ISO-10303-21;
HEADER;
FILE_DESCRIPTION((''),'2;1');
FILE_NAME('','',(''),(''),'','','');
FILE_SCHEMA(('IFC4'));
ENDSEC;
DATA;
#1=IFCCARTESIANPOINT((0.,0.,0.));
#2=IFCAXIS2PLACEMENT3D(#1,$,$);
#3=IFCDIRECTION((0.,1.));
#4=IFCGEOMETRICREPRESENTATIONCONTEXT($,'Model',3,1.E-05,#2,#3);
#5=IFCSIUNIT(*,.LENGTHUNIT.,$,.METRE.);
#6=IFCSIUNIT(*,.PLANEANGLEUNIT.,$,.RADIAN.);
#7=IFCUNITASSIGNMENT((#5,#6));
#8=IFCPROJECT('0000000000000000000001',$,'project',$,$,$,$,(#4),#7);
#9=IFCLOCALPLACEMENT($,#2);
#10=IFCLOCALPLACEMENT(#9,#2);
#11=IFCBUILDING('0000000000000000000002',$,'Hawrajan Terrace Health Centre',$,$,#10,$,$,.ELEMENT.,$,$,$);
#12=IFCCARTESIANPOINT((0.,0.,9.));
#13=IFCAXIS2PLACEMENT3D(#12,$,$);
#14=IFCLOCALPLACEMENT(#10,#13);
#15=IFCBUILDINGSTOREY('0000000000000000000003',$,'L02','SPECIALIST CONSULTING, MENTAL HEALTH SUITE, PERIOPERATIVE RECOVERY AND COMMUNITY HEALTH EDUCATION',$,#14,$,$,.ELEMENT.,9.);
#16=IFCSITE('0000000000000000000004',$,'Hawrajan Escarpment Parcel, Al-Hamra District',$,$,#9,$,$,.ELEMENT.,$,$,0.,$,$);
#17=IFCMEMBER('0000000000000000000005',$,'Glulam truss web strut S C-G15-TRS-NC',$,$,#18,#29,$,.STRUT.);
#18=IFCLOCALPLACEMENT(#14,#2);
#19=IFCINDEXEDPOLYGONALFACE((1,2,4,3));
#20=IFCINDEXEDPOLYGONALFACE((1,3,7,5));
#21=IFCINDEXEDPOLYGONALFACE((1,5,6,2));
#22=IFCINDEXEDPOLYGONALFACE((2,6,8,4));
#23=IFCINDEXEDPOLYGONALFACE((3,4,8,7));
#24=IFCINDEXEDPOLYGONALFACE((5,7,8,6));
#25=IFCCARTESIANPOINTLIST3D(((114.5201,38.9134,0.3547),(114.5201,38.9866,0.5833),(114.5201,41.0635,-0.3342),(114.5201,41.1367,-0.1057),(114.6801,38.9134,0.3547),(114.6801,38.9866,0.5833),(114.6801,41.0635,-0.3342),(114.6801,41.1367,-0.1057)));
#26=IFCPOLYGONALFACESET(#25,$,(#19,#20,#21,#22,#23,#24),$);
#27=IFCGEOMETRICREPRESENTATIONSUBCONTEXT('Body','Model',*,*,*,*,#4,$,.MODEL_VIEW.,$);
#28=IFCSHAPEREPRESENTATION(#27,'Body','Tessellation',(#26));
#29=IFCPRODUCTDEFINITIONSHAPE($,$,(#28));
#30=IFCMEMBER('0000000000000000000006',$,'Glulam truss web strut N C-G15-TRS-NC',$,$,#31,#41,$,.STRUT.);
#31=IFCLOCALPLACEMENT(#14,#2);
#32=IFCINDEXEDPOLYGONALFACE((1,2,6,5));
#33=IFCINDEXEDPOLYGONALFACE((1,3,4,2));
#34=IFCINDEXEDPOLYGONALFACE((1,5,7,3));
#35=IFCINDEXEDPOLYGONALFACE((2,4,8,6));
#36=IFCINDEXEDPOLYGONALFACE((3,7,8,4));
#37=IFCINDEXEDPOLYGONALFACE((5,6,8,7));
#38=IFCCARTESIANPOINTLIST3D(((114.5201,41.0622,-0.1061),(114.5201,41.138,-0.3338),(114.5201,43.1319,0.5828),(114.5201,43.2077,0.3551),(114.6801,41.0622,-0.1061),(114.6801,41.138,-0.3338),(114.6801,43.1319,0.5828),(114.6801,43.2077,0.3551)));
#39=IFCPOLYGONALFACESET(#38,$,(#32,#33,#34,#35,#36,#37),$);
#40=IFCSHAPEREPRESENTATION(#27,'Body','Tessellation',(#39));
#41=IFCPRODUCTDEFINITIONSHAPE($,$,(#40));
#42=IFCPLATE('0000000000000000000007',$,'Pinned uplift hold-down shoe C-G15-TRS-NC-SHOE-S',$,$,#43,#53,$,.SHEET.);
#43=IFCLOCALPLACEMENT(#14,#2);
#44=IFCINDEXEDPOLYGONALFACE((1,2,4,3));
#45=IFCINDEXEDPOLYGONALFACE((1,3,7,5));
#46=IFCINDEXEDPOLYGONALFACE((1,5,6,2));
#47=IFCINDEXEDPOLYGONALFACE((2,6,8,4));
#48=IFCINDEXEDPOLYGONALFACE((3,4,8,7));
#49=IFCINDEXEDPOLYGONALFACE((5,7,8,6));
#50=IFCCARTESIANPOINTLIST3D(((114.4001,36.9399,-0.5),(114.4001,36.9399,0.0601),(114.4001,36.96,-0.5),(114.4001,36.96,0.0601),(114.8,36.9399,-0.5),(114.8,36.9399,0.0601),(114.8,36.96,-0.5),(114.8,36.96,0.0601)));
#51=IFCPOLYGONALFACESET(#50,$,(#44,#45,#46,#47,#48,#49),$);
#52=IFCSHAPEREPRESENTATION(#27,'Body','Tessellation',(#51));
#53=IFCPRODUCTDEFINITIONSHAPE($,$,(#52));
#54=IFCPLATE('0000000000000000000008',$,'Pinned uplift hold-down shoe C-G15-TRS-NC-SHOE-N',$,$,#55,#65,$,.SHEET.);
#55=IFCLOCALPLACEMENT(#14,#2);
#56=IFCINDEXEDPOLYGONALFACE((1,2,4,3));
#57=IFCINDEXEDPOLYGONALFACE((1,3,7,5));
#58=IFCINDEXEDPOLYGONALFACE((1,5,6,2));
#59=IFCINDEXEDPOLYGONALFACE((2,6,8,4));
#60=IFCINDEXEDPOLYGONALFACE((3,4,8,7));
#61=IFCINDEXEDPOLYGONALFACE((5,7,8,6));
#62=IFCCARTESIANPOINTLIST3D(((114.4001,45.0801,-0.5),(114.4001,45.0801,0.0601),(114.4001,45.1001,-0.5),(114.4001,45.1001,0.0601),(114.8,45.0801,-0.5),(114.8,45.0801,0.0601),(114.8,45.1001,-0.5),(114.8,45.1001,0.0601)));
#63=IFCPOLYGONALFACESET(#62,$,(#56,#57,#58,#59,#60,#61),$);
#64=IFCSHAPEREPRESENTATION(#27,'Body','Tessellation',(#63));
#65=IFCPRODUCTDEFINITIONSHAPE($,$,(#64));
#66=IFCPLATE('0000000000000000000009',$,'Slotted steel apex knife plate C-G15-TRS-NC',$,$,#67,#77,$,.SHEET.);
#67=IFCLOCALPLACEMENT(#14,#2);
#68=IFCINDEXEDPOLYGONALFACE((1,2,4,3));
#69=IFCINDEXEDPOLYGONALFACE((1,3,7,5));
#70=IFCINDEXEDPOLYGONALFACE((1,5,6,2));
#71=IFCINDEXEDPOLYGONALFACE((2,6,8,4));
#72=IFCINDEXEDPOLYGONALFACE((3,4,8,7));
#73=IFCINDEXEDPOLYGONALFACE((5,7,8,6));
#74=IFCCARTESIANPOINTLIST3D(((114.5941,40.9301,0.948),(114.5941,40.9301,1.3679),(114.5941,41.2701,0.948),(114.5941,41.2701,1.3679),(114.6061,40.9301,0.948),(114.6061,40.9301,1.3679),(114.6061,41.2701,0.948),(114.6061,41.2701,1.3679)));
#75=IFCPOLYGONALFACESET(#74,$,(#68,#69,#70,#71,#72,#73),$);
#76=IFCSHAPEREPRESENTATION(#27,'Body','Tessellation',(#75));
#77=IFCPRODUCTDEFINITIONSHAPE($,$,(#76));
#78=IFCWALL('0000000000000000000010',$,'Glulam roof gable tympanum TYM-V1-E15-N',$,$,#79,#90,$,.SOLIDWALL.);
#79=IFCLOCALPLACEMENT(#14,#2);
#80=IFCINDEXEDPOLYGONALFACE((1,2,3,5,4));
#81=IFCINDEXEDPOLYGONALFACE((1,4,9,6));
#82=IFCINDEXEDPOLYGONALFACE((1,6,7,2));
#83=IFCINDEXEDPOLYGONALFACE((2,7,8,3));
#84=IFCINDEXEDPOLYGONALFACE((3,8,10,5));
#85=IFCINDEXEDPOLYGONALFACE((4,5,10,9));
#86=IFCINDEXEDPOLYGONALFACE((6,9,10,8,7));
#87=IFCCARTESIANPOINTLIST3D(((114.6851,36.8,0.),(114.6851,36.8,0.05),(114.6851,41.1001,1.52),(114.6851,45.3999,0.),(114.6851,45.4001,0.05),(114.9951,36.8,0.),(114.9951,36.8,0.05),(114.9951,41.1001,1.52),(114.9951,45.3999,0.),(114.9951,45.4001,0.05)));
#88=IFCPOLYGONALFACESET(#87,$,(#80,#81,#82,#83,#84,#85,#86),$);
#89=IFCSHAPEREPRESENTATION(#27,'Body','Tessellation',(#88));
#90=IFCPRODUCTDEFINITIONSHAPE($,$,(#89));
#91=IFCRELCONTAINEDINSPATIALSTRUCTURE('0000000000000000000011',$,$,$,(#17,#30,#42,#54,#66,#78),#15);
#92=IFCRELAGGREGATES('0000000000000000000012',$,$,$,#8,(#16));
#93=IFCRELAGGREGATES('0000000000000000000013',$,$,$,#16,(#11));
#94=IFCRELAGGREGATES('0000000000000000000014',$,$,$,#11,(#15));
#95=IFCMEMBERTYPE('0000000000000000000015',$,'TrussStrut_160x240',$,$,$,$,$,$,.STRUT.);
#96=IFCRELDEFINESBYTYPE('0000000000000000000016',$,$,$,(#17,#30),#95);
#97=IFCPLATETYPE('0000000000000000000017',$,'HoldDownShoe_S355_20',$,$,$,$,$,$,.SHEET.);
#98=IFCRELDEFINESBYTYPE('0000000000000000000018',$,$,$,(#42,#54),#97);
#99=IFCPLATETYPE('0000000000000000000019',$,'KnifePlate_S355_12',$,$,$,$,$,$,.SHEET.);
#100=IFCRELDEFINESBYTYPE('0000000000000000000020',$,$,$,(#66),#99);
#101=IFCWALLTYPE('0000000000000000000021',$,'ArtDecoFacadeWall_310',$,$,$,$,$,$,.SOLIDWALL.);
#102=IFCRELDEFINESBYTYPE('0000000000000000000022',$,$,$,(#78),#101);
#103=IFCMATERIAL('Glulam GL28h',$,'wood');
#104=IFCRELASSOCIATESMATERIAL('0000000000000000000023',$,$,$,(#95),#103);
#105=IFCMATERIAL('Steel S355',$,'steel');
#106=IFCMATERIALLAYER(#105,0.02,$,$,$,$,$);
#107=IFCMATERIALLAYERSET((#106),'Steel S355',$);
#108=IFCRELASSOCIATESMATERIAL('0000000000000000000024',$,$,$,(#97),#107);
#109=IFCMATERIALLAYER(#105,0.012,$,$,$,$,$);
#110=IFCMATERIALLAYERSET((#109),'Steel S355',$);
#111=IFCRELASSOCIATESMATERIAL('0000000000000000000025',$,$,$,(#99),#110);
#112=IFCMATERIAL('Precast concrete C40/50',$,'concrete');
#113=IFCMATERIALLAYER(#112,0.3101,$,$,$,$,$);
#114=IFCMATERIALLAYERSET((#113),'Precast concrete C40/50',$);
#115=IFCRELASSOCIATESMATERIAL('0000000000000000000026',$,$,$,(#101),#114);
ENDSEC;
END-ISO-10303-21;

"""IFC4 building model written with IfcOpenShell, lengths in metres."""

from ifc_helpers import new_model, si_unit, direction, frame, origin, origin_2d, place, context, subcontext, project, spatial, polyline, rectangle, outline, extrude, material, layer, layer_set, material_profile, profile_set, type_object, element, save


model = new_model("IFC4")

# Units and contexts
model_context = context("Model", 3, precision=1e-05, world=origin(), true_north=direction((0.0, 1.0)))
body_context = subcontext(model_context, "Body", "Model", "MODEL_VIEW")
ifc_project = project(units=[si_unit("LENGTHUNIT", "METRE"), si_unit("PLANEANGLEUNIT", "RADIAN")], contexts=[model_context])

# Site, building, storey
site_placement = place(None, origin())
site = spatial("IfcSite", under=ifc_project, at=site_placement, Name="Hawrajan Escarpment Parcel, Al-Hamra District", CompositionType="ELEMENT", RefElevation=0.0)
building_placement = place(site_placement, origin())
building = spatial("IfcBuilding", under=site, at=building_placement, Name="Hawrajan Terrace Health Centre", CompositionType="ELEMENT")
storey_placement = place(building_placement, frame((0.0, 0.0, 9.0)))
storey = spatial("IfcBuildingStorey", under=building, at=storey_placement, Name="L02", Description="SPECIALIST CONSULTING, MENTAL HEALTH SUITE, PERIOPERATIVE RECOVERY AND COMMUNITY HEALTH EDUCATION", CompositionType="ELEMENT", Elevation=9.0)

# Shared definitions
ifc_material_1 = material(Name="Glulam GL28h", Category="wood")

# Members
ifc_material_profile_1 = material_profile(ifc_material_1, rectangle(XDim=0.1599, YDim=0.24, at=origin_2d()), Name="GL WEB 160x240")
ifc_profile_set_1 = profile_set([ifc_material_profile_1], Name="Glulam GL28h")
member_type_1 = type_object("IfcMemberType", Name="TrussStrut_160x240", PredefinedType="STRUT", material=ifc_profile_set_1)
member_1_placement = place(storey_placement, frame((114.6001, 41.1001, -0.22), z_axis=(0.0, -0.952306, 0.305145), x_axis=(1.0, 0.0, 0.0)))
element("IfcMember", 1, at=member_1_placement, inside=storey, type_object=member_type_1, Name="Glulam truss web strut S C-G15-TRS-NC", PredefinedType="STRUT", context=body_context, shape_type="SweptSolid", body=[
    extrude(rectangle(XDim=0.1599, YDim=0.24, at=origin_2d()), origin(), (0.0, 0.0, 1.0), 2.2578),
])
member_2_placement = place(storey_placement, frame((114.6001, 41.1001, -0.22), z_axis=(0.0, 0.948818, 0.315825), x_axis=(-1.0, 0.0, 0.0)))
element("IfcMember", 2, at=member_2_placement, inside=storey, type_object=member_type_1, Name="Glulam truss web strut N C-G15-TRS-NC", PredefinedType="STRUT", context=body_context, shape_type="SweptSolid", body=[
    extrude(rectangle(XDim=0.1599, YDim=0.24, at=origin_2d()), origin(), (0.0, 0.0, 1.0), 2.1814),
])

# Plates
ifc_material_2 = material(Name="Steel S355", Category="steel")
ifc_layer_1 = layer(ifc_material_2, 0.02)
ifc_layer_set_1 = layer_set([ifc_layer_1], Name="Steel S355")
plate_type_1 = type_object("IfcPlateType", Name="HoldDownShoe_S355_20", PredefinedType="SHEET", material=ifc_layer_set_1)
for number, where, z_axis, x_axis, name in (
    (3, (114.6001, 36.95, -0.5), (0.0, 0.0, 1.0), (1.0, 0.0, 0.0), "Pinned uplift hold-down shoe C-G15-TRS-NC-SHOE-S"),
    (4, (114.6001, 45.0901, -0.5), (0.0, 0.0, 1.0), (1.0, 0.0, 0.0), "Pinned uplift hold-down shoe C-G15-TRS-NC-SHOE-N"),
):
    element("IfcPlate", number, at=place(storey_placement, frame(where, z_axis=z_axis, x_axis=x_axis)), inside=storey, type_object=plate_type_1, Name=name, PredefinedType="SHEET", context=body_context, shape_type="SweptSolid", body=[
        extrude(rectangle(XDim=0.3999, YDim=0.02, at=origin_2d()), origin(), (0.0, 0.0, 1.0), 0.5601),
    ])
ifc_layer_2 = layer(ifc_material_2, 0.012)
ifc_layer_set_2 = layer_set([ifc_layer_2], Name="Steel S355")
plate_type_2 = type_object("IfcPlateType", Name="KnifePlate_S355_12", PredefinedType="SHEET", material=ifc_layer_set_2)
plate_placement = place(storey_placement, frame((114.6001, 41.1001, 0.948), z_axis=(0.0, 0.0, 1.0), x_axis=(1.0, 0.0, 0.0)))
element("IfcPlate", 5, at=plate_placement, inside=storey, type_object=plate_type_2, Name="Slotted steel apex knife plate C-G15-TRS-NC", PredefinedType="SHEET", context=body_context, shape_type="SweptSolid", body=[
    extrude(rectangle(XDim=0.012, YDim=0.3401, at=origin_2d()), origin(), (0.0, 0.0, 1.0), 0.4199),
])

# Wall
ifc_material_3 = material(Name="Precast concrete C40/50", Category="concrete")
ifc_layer_3 = layer(ifc_material_3, 0.3101)
ifc_layer_set_3 = layer_set([ifc_layer_3], Name="Precast concrete C40/50")
wall_type = type_object("IfcWallType", Name="ArtDecoFacadeWall_310", PredefinedType="SOLIDWALL", material=ifc_layer_set_3)
wall_placement = place(storey_placement, frame((114.8401, 36.8, 0.0), z_axis=(0.0, 0.0, 1.0), x_axis=(0.0, 1.0, 0.0)))
element("IfcWall", 6, at=wall_placement, inside=storey, type_object=wall_type, Name="Glulam roof gable tympanum TYM-V1-E15-N", PredefinedType="SOLIDWALL", context=body_context, shape_type="SweptSolid", body=[
    extrude(outline(polyline([(0.0, 0.0), (8.5999, 0.0), (8.6001, 0.05), (4.3, 1.52), (0.0, 0.05), (0.0, 0.0)])), frame((0.0, 0.155, 0.0), z_axis=(0.0, -1.0, 0.0), x_axis=(1.0, 0.0, 0.0)), (0.0, 0.0, 1.0), 0.3101),
])

save(model, "model.ifc")
